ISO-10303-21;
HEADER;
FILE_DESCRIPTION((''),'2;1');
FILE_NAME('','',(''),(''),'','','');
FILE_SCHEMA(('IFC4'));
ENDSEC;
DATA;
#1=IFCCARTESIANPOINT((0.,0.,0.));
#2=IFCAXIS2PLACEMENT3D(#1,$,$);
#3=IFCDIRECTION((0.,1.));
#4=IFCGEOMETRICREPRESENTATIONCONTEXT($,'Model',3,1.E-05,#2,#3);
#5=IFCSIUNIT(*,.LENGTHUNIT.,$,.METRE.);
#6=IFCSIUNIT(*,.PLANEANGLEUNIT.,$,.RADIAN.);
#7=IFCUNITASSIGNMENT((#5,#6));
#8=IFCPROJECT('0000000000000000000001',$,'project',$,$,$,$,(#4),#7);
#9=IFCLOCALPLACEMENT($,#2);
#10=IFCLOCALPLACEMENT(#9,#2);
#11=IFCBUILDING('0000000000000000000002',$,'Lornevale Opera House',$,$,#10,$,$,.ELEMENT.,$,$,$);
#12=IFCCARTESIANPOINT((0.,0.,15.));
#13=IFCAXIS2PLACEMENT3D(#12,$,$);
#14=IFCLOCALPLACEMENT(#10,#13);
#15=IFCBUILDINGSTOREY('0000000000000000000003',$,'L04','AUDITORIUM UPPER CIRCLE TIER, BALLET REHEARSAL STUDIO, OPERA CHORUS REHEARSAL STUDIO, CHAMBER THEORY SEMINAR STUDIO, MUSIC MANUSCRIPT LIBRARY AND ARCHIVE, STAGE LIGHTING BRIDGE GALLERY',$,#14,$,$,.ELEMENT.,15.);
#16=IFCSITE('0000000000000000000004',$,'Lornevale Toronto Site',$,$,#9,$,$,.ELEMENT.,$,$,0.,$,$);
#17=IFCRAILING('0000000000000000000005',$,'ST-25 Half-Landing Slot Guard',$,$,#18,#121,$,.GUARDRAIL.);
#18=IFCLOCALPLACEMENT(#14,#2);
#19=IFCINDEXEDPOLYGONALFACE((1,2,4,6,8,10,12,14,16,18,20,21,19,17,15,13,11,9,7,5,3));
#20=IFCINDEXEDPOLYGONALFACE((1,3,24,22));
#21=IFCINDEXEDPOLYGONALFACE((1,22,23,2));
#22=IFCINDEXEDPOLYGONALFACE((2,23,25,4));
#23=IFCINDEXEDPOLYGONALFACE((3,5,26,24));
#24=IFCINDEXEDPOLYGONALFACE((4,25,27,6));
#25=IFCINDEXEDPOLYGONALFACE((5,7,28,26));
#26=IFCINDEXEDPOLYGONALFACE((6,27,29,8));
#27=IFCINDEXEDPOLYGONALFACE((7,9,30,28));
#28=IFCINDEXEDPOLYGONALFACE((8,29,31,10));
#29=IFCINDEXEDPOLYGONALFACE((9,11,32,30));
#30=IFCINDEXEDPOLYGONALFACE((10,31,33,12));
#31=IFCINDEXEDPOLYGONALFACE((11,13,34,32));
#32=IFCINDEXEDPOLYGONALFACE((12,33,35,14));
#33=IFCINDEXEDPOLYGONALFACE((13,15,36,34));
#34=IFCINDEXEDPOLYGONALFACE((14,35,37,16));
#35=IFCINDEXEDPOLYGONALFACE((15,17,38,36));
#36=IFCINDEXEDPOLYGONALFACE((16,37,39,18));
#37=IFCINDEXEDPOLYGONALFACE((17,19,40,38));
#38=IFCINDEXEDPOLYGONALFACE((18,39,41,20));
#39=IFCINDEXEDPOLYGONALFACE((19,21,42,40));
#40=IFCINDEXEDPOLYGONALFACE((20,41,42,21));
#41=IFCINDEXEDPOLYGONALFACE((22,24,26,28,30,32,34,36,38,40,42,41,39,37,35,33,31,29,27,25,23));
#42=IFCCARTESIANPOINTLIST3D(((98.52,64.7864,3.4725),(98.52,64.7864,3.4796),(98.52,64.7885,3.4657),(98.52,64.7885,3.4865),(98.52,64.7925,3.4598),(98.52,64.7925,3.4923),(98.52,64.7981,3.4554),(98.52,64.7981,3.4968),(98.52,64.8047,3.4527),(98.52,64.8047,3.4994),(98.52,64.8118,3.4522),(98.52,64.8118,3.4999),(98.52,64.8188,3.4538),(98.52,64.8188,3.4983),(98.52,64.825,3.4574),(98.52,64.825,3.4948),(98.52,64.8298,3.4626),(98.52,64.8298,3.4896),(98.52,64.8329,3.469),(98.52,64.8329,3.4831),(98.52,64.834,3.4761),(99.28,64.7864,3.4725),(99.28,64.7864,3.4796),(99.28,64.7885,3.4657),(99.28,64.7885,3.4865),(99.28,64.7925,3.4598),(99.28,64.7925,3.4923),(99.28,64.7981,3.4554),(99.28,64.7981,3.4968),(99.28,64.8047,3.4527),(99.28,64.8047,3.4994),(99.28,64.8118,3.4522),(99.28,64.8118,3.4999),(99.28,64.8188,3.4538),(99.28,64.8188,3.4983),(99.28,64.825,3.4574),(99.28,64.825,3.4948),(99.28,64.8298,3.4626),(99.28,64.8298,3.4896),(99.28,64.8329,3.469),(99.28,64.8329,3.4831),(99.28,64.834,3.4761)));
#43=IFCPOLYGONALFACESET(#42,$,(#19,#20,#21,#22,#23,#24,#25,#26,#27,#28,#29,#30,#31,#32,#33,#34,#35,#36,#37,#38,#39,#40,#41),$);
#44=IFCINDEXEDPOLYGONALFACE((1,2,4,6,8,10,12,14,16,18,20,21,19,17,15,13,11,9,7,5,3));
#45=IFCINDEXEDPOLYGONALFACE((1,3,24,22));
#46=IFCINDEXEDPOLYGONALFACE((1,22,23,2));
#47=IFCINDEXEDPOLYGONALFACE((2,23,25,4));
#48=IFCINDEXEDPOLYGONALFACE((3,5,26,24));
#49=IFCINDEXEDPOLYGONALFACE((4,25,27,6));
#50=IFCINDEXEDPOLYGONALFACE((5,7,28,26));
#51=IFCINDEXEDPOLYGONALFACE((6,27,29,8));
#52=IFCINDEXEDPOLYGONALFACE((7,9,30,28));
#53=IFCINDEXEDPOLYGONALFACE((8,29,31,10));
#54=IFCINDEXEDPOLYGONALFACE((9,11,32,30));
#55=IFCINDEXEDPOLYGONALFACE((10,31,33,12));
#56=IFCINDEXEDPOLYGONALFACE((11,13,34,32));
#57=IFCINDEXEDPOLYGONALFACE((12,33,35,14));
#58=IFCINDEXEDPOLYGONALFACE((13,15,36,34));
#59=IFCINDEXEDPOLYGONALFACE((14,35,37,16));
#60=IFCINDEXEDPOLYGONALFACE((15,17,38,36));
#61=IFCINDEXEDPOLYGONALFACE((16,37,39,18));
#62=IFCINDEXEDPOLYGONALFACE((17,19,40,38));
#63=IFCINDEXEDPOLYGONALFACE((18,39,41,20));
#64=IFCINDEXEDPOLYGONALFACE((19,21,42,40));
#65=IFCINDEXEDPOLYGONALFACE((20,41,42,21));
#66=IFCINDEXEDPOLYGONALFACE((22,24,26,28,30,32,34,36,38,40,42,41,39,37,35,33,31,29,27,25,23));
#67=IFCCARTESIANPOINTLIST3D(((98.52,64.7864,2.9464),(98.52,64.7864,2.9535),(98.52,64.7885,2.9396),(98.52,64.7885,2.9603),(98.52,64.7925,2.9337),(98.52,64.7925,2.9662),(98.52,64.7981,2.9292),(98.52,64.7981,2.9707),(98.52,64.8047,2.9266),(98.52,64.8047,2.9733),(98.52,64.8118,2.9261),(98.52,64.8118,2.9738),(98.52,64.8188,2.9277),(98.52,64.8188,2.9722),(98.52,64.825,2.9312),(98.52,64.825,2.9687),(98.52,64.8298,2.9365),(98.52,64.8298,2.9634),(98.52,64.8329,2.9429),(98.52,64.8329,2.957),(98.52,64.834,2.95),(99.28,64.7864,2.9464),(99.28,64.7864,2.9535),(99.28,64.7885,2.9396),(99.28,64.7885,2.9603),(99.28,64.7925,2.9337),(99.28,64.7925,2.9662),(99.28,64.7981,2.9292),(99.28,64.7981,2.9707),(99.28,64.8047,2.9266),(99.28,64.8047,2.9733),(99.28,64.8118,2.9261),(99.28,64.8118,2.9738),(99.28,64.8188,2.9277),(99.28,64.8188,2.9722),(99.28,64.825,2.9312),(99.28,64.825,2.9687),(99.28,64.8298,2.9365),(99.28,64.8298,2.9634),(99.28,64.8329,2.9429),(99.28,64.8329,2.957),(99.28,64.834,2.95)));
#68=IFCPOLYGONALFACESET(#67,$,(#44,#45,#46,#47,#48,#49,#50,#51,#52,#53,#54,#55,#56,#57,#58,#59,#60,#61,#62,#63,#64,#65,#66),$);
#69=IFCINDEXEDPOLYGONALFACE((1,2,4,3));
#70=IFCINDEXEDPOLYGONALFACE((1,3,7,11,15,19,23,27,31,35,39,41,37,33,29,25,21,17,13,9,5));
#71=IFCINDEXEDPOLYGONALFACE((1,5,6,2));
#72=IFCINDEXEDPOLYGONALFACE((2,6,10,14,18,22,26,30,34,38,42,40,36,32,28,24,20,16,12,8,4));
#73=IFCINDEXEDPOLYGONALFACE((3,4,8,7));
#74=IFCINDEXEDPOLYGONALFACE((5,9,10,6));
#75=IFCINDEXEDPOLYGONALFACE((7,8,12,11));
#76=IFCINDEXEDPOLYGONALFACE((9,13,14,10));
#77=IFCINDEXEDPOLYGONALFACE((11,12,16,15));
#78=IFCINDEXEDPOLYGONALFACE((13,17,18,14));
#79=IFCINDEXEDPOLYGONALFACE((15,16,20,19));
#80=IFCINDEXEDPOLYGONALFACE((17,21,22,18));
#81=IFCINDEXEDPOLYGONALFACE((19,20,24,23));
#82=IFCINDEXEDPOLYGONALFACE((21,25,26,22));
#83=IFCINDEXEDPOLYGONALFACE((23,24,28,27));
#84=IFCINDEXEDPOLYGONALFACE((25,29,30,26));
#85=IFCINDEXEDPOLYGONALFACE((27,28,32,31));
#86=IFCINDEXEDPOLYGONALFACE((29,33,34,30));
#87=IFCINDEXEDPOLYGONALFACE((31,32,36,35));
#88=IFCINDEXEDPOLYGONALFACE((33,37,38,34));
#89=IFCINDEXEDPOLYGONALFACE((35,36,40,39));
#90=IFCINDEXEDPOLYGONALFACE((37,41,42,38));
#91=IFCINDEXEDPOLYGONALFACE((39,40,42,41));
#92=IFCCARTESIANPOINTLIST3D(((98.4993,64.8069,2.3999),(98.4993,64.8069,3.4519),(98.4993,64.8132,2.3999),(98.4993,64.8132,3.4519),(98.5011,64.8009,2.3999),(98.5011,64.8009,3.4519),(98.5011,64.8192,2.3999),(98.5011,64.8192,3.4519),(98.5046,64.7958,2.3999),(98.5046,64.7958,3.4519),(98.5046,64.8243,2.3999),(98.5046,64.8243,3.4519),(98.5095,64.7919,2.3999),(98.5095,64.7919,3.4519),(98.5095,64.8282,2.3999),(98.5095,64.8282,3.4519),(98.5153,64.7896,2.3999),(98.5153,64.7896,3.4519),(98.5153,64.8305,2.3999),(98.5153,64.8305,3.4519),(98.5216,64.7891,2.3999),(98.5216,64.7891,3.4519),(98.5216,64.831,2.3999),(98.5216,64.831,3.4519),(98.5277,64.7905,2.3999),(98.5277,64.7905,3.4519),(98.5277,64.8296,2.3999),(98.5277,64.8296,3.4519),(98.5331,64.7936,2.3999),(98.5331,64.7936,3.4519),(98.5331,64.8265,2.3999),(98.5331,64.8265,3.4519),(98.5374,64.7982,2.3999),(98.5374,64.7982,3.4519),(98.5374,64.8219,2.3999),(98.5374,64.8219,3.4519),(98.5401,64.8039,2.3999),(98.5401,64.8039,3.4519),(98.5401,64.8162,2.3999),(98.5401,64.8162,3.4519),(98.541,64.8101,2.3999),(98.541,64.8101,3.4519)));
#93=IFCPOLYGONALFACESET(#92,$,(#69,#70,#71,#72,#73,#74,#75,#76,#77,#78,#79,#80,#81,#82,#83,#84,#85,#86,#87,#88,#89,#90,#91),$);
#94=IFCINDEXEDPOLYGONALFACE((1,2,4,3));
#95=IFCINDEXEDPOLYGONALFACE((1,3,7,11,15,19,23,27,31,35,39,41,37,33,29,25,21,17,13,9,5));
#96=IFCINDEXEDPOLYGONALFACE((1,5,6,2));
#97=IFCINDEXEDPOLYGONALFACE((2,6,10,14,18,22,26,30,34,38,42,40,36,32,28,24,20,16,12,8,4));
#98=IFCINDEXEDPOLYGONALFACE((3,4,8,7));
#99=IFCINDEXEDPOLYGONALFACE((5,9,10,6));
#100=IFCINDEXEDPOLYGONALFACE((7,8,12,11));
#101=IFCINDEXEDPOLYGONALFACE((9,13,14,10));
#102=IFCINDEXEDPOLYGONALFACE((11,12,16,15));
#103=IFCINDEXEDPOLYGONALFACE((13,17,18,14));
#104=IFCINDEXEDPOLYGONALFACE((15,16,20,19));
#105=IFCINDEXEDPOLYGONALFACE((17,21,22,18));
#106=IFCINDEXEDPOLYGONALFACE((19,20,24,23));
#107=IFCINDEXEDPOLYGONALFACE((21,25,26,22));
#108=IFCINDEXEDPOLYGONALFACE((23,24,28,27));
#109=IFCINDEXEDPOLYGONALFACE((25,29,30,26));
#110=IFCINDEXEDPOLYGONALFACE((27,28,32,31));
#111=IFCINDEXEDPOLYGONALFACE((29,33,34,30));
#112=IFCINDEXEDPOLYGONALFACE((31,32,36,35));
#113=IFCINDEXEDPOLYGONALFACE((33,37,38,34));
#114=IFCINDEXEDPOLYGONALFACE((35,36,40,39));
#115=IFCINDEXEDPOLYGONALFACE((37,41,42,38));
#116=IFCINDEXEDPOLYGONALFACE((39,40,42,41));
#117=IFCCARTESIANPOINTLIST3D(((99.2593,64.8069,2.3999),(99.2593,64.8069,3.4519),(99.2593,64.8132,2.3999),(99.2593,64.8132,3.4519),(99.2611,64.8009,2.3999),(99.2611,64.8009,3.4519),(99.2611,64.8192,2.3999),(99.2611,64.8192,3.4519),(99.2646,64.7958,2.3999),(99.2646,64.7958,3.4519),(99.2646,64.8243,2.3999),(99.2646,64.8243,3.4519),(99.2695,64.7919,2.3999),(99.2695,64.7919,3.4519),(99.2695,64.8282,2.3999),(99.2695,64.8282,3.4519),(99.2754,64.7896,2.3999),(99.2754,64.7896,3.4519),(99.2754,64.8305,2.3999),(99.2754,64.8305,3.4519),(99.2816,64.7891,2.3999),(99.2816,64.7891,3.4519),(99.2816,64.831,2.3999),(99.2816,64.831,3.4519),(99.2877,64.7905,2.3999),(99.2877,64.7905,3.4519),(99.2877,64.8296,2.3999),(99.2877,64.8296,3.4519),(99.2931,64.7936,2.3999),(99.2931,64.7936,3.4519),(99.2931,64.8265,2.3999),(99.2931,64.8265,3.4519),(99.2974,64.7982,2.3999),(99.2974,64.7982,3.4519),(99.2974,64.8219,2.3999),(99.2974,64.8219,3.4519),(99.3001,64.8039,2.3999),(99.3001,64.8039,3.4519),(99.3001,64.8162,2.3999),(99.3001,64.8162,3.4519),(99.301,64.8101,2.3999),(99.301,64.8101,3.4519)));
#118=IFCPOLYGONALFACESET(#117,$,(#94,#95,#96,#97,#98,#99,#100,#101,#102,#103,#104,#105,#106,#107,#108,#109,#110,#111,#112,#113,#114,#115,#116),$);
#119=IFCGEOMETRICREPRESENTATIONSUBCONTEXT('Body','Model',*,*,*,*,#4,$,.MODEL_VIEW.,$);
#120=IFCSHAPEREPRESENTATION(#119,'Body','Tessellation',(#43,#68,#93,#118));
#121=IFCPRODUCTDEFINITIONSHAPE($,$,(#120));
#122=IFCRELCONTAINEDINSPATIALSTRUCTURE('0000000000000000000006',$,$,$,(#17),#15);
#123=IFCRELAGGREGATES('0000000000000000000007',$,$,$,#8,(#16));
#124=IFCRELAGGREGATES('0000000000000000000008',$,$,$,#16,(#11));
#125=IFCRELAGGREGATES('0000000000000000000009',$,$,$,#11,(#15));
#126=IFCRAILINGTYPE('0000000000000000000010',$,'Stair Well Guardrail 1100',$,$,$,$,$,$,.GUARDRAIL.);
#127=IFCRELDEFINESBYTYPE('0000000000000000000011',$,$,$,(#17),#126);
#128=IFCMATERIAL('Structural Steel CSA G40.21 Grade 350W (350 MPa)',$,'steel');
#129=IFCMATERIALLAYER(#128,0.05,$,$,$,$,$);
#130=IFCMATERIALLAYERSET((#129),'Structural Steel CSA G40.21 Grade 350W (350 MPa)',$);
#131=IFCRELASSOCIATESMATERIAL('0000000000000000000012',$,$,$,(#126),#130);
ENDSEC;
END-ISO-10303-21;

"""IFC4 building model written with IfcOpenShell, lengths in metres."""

from ifc_helpers import new_model, si_unit, direction, frame, origin, origin_2d, place, context, subcontext, project, spatial, circle, extrude, material, layer, layer_set, type_object, element, save


model = new_model("IFC4")

# Units and contexts
model_context = context("Model", 3, precision=1e-05, world=origin(), true_north=direction((0.0, 1.0)))
body_context = subcontext(model_context, "Body", "Model", "MODEL_VIEW")
ifc_project = project(units=[si_unit("LENGTHUNIT", "METRE"), si_unit("PLANEANGLEUNIT", "RADIAN")], contexts=[model_context])

# Site, building, storey
site_placement = place(None, origin())
site = spatial("IfcSite", under=ifc_project, at=site_placement, Name="Lornevale Toronto Site", CompositionType="ELEMENT", RefElevation=0.0)
building_placement = place(site_placement, origin())
building = spatial("IfcBuilding", under=site, at=building_placement, Name="Lornevale Opera House", CompositionType="ELEMENT")
storey_placement = place(building_placement, frame((0.0, 0.0, 15.0)))
storey = spatial("IfcBuildingStorey", under=building, at=storey_placement, Name="L04", Description="AUDITORIUM UPPER CIRCLE TIER, BALLET REHEARSAL STUDIO, OPERA CHORUS REHEARSAL STUDIO, CHAMBER THEORY SEMINAR STUDIO, MUSIC MANUSCRIPT LIBRARY AND ARCHIVE, STAGE LIGHTING BRIDGE GALLERY", CompositionType="ELEMENT", Elevation=15.0)

# Shared definitions
ifc_material_1 = material(Name="Structural Steel CSA G40.21 Grade 350W (350 MPa)", Category="steel")

# Railing
ifc_layer_1 = layer(ifc_material_1, 0.05)
ifc_layer_set_1 = layer_set([ifc_layer_1], Name="Structural Steel CSA G40.21 Grade 350W (350 MPa)")
railing_type_1 = type_object("IfcRailingType", Name="Stair Well Guardrail 1100", PredefinedType="GUARDRAIL", material=ifc_layer_set_1)
railing_1_placement = place(storey_placement, frame((98.52, 64.8101, 2.3999)))
element("IfcRailing", 1, at=railing_1_placement, inside=storey, type_object=railing_type_1, Name="ST-25 Half-Landing Slot Guard", PredefinedType="GUARDRAIL", context=body_context, shape_type="SweptSolid", body=[
    extrude(circle(Radius=0.0239, at=origin_2d()), frame((0.0, 0.0, 1.0762), z_axis=(1.0, 0.0, 0.0), x_axis=(0.0, 1.0, 0.0)), (0.0, 0.0, 1.0), 0.76),
    extrude(circle(Radius=0.0239, at=origin_2d()), frame((0.0, 0.0, 0.55), z_axis=(1.0, 0.0, 0.0), x_axis=(0.0, 1.0, 0.0)), (0.0, 0.0, 1.0), 0.76),
    extrude(circle(Radius=0.021, at=origin_2d()), origin(), (0.0, 0.0, 1.0), 1.052),
    extrude(circle(Radius=0.021, at=origin_2d()), frame((0.76, 0.0, 0.0)), (0.0, 0.0, 1.0), 1.052),
])

save(model, "model.ifc")
